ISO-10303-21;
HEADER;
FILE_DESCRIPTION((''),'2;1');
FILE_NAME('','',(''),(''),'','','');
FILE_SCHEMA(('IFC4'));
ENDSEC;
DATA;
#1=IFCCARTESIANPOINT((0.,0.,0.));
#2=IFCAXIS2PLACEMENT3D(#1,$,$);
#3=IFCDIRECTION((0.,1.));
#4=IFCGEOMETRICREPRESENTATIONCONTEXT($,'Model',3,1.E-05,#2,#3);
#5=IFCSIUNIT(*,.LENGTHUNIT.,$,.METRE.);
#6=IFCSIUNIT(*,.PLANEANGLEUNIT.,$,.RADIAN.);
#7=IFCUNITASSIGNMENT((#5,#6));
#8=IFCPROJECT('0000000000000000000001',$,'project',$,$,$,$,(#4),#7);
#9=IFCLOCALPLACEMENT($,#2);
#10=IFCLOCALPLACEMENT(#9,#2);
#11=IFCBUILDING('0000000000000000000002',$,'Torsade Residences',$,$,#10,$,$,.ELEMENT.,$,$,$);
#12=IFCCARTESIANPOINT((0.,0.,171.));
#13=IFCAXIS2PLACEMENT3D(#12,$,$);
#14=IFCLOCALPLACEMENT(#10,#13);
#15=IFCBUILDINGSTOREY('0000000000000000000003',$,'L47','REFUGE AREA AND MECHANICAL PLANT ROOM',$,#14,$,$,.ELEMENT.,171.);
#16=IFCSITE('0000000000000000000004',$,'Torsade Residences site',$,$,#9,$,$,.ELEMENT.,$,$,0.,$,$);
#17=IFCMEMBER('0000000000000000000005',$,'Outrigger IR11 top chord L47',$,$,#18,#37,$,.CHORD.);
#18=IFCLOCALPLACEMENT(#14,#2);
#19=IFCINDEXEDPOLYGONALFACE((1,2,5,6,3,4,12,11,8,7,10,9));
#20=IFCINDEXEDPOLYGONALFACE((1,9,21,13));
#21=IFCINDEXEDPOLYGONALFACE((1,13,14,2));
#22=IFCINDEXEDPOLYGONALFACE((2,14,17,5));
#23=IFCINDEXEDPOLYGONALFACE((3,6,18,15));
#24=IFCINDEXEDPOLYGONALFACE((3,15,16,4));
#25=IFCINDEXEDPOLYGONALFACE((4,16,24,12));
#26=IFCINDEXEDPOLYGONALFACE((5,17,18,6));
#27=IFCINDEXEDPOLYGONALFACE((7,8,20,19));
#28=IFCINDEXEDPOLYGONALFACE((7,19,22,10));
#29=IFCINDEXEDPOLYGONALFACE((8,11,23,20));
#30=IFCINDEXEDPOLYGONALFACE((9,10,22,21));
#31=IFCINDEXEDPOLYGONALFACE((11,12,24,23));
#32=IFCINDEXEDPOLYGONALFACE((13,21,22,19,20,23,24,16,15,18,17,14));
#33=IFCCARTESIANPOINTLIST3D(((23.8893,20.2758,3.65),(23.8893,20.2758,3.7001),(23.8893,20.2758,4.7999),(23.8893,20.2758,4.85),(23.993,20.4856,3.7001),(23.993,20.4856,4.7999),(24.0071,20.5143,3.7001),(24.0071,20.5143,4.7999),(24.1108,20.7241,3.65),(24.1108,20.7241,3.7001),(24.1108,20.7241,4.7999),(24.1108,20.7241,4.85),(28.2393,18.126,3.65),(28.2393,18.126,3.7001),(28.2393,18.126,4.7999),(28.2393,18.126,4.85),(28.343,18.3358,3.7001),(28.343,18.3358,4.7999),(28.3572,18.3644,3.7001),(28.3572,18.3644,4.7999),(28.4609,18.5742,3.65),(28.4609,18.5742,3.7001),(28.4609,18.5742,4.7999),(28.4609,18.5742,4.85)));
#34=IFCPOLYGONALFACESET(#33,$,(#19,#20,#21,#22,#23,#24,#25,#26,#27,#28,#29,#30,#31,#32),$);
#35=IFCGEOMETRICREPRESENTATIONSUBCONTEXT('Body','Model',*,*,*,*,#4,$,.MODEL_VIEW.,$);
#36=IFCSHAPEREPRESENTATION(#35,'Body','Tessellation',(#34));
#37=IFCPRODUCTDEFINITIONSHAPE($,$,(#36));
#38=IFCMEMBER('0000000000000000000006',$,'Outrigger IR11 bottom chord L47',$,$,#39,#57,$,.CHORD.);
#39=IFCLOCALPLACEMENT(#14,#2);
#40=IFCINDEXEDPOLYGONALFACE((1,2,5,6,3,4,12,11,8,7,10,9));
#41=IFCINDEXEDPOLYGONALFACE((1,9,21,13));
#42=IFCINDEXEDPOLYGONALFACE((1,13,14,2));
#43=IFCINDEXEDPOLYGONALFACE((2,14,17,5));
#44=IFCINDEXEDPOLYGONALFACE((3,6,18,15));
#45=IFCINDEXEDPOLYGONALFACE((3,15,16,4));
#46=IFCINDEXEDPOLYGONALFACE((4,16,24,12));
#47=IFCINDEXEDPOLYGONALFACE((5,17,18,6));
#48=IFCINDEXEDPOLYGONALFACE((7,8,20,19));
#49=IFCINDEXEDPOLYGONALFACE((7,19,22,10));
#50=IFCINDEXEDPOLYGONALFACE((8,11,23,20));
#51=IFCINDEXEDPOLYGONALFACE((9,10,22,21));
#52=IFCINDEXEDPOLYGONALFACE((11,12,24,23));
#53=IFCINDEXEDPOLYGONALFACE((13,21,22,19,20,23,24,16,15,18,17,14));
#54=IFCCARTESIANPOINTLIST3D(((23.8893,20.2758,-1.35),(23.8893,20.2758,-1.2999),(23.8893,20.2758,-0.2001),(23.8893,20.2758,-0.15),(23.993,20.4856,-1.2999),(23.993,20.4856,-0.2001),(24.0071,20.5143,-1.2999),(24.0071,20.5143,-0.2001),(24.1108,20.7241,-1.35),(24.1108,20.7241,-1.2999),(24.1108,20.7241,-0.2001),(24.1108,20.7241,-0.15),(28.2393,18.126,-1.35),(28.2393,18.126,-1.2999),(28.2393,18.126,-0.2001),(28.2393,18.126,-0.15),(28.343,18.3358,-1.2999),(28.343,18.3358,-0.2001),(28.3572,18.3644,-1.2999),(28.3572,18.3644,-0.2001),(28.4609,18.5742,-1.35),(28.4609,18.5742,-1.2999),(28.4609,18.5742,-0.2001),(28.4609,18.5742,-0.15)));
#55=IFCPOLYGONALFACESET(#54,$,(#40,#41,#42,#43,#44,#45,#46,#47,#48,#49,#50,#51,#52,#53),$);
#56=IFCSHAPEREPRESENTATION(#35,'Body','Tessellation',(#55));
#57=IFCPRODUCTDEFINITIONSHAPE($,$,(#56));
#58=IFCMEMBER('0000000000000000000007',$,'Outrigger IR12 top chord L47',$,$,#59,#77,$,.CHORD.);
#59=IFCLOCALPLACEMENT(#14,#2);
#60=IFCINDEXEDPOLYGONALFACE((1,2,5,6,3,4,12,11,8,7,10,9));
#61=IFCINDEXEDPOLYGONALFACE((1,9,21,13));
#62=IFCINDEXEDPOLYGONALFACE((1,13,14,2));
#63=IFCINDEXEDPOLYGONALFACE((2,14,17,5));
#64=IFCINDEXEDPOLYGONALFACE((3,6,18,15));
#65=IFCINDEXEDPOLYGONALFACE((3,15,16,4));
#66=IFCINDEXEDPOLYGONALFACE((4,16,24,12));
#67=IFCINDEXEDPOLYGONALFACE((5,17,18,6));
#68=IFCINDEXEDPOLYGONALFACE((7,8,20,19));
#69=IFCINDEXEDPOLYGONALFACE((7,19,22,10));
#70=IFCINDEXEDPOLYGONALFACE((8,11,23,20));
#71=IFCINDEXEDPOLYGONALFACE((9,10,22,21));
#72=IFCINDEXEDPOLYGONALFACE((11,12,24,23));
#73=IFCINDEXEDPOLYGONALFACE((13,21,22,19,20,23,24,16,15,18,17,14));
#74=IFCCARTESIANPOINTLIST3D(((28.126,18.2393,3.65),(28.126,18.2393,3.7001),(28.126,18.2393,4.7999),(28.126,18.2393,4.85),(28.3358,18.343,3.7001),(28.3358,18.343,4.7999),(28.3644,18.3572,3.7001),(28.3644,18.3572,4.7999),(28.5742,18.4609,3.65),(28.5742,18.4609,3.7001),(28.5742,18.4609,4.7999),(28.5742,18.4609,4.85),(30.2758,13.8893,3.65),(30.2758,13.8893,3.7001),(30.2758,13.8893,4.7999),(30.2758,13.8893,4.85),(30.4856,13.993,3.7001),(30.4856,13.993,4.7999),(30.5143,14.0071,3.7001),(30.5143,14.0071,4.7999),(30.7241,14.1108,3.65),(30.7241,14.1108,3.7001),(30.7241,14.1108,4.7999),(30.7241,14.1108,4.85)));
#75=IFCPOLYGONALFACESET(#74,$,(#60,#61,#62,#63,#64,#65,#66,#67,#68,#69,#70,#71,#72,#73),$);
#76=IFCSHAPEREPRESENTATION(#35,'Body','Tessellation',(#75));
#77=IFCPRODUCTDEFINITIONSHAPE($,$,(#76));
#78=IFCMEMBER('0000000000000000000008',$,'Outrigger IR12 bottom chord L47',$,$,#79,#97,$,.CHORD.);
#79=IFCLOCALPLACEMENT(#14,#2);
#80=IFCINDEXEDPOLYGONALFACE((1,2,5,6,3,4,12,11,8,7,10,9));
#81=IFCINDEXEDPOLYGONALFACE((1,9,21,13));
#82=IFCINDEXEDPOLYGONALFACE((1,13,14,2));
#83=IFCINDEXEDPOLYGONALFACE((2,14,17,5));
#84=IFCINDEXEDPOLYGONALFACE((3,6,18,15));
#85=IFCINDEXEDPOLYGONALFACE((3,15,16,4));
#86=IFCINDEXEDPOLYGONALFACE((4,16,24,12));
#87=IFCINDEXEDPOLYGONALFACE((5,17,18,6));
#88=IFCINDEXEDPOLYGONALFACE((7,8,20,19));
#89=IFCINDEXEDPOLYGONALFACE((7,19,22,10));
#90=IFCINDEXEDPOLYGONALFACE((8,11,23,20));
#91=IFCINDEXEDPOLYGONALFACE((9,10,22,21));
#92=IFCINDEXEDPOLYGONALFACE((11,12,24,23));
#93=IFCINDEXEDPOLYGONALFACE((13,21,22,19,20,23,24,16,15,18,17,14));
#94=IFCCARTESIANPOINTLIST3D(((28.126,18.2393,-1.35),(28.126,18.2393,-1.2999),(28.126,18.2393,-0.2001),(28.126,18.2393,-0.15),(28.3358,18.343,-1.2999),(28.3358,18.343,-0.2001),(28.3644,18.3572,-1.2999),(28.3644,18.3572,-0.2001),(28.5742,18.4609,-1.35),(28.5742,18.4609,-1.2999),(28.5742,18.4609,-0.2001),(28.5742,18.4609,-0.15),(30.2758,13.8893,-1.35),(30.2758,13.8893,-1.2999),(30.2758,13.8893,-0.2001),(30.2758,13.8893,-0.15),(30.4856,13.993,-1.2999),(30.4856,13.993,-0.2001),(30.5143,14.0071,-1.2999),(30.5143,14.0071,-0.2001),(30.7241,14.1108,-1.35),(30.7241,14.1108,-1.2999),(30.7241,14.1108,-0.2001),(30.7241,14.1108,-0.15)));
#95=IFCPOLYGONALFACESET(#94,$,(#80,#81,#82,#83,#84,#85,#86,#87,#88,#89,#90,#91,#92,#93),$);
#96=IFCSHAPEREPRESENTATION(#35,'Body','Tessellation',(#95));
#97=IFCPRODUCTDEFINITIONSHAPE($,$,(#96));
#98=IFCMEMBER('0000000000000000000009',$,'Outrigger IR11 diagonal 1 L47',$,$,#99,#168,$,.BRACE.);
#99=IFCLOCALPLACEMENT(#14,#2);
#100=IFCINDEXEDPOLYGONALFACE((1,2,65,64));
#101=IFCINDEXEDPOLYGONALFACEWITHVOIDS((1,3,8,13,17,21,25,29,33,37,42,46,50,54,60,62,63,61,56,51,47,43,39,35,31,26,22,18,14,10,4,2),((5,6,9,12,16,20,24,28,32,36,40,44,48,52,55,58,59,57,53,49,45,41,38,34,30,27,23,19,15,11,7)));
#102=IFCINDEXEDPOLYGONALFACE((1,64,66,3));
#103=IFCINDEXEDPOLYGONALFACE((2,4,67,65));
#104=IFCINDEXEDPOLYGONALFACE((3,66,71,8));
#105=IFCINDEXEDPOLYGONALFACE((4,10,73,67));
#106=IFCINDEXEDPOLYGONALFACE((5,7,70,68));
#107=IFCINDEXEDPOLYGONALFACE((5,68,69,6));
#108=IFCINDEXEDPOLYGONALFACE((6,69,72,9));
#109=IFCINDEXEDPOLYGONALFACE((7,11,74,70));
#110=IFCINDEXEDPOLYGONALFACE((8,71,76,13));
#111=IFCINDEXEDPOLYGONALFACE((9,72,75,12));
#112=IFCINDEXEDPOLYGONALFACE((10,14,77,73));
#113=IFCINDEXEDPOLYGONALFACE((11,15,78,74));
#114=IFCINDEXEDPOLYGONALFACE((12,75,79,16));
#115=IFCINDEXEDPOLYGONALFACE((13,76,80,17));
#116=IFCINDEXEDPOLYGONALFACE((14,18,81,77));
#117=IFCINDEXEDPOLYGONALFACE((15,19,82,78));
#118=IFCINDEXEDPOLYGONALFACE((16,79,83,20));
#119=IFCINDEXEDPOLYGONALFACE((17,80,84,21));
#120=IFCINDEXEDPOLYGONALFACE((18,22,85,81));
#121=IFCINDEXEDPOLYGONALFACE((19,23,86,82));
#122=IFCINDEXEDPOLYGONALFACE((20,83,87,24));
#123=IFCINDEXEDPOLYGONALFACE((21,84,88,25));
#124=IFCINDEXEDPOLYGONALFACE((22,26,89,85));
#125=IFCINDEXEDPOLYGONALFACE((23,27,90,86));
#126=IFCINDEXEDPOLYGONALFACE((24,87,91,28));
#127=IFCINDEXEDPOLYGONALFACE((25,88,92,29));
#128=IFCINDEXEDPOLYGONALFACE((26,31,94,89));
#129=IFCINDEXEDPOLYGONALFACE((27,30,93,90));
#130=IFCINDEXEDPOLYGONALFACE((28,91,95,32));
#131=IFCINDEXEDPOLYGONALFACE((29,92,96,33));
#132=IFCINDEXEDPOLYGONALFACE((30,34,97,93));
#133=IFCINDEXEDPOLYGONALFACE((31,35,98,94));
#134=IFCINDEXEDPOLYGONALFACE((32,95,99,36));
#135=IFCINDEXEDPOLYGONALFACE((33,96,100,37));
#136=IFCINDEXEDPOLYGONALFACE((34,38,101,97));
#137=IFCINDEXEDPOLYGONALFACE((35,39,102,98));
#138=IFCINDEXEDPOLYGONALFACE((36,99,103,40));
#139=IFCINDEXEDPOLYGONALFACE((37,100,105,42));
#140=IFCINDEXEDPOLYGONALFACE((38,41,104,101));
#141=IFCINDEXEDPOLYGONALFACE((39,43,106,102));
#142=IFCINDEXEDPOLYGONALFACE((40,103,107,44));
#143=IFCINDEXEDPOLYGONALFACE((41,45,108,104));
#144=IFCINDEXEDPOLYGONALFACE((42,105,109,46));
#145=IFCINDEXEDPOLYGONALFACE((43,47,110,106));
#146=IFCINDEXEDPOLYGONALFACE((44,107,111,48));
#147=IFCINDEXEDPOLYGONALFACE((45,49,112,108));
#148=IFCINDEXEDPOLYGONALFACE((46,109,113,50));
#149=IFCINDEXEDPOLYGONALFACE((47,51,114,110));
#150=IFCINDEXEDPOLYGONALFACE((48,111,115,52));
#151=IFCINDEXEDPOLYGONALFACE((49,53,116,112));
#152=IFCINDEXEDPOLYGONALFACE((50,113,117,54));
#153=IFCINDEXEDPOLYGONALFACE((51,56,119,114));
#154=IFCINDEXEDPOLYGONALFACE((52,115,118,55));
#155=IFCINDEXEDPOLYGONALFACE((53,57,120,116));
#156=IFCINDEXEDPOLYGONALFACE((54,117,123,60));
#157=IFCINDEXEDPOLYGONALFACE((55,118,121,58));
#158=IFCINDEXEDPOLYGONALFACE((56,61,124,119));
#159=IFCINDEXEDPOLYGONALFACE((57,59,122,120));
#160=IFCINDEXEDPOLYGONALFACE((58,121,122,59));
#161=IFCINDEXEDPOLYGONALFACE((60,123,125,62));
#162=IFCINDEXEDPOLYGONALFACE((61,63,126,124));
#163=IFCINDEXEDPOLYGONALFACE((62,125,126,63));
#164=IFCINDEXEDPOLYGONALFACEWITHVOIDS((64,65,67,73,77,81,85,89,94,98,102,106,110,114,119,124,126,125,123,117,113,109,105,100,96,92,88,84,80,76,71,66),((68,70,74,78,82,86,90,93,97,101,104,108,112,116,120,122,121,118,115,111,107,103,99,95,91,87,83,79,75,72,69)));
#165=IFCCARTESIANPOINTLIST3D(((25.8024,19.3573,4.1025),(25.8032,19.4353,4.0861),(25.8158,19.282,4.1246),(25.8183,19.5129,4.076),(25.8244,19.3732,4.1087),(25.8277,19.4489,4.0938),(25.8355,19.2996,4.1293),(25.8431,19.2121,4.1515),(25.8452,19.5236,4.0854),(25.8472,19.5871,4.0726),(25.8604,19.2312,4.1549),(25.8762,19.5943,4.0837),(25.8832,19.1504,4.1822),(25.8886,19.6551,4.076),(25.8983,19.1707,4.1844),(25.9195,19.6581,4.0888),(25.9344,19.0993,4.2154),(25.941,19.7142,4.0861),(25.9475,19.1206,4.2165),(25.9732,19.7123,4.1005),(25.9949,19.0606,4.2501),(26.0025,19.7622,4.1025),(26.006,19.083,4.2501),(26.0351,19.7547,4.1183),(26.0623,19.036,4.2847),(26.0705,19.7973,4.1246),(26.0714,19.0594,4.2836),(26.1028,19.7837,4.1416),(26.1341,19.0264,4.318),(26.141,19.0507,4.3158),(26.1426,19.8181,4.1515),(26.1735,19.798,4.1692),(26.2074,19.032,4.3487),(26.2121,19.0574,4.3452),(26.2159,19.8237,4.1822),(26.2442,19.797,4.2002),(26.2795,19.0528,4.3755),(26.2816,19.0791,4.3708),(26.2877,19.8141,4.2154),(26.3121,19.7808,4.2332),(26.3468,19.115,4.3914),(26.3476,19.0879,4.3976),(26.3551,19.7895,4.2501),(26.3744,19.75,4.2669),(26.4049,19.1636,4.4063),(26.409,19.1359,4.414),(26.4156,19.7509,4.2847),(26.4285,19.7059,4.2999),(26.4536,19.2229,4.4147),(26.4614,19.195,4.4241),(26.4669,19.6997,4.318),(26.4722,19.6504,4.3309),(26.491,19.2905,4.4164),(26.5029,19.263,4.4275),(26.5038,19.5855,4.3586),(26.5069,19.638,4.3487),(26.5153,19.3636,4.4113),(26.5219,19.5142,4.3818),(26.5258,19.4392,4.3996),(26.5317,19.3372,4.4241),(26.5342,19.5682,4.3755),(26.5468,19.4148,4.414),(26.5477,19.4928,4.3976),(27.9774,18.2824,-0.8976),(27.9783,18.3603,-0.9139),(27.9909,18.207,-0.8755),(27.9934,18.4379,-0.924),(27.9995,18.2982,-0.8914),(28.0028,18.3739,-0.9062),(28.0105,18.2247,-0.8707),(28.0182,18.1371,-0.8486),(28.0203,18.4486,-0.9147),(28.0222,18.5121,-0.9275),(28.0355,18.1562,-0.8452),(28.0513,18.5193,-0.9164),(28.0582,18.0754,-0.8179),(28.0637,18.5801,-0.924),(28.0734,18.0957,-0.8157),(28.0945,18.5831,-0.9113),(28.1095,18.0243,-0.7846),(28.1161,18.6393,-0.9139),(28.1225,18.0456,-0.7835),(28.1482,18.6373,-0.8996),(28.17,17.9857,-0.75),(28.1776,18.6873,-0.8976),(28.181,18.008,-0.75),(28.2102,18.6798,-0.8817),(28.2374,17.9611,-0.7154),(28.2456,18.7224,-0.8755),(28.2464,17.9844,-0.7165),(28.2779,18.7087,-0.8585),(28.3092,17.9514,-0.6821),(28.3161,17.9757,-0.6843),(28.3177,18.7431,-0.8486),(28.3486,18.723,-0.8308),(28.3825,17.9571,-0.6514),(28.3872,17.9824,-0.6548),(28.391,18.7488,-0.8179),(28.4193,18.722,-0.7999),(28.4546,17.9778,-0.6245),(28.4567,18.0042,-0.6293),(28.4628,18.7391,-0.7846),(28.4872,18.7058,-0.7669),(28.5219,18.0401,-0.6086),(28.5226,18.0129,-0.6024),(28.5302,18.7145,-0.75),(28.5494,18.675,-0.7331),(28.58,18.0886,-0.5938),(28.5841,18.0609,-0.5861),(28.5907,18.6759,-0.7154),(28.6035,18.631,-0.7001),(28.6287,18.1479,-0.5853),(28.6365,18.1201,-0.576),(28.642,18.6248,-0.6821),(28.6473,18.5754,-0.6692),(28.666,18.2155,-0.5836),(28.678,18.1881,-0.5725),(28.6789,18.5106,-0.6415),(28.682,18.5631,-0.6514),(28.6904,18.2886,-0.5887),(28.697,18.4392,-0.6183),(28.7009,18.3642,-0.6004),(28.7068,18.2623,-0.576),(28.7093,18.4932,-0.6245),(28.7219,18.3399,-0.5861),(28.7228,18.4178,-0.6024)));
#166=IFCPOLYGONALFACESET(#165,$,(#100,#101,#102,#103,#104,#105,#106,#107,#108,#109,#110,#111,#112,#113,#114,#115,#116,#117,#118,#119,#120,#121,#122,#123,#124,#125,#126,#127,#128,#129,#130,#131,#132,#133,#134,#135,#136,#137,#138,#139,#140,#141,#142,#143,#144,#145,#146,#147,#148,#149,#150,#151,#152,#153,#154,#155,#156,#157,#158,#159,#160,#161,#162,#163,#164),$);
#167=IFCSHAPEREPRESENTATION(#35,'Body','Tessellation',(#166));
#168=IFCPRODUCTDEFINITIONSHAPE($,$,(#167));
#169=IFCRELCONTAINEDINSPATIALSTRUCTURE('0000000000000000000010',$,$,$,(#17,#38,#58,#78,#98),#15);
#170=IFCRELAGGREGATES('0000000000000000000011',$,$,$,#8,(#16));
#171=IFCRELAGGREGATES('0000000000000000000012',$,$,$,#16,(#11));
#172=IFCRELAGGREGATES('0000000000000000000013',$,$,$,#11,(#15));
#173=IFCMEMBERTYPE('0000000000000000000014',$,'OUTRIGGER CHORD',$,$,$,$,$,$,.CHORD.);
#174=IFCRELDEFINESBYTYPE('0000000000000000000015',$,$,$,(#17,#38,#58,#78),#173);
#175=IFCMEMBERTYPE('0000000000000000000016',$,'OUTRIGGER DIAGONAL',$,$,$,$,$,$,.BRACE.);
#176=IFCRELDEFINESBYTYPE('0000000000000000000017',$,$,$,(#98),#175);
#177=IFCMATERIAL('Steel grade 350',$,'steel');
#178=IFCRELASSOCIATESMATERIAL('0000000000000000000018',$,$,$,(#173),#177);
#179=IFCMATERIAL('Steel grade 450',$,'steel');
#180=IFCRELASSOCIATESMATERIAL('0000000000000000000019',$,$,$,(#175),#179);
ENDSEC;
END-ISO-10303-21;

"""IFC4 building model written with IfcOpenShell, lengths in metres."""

from ifc_helpers import new_model, si_unit, direction, frame, origin, origin_2d, place, context, subcontext, project, spatial, hollow_circle, i_section, extrude, material, material_profile, profile_set, type_object, element, save


model = new_model("IFC4")

# Units and contexts
model_context = context("Model", 3, precision=1e-05, world=origin(), true_north=direction((0.0, 1.0)))
body_context = subcontext(model_context, "Body", "Model", "MODEL_VIEW")
ifc_project = project(units=[si_unit("LENGTHUNIT", "METRE"), si_unit("PLANEANGLEUNIT", "RADIAN")], contexts=[model_context])

# Site, building, storey
site_placement = place(None, origin())
site = spatial("IfcSite", under=ifc_project, at=site_placement, Name="Torsade Residences site", CompositionType="ELEMENT", RefElevation=0.0)
building_placement = place(site_placement, origin())
building = spatial("IfcBuilding", under=site, at=building_placement, Name="Torsade Residences", CompositionType="ELEMENT")
storey_placement = place(building_placement, frame((0.0, 0.0, 171.0)))
storey = spatial("IfcBuildingStorey", under=building, at=storey_placement, Name="L47", Description="REFUGE AREA AND MECHANICAL PLANT ROOM", CompositionType="ELEMENT", Elevation=171.0)

# Members
ifc_material_1 = material(Name="Steel grade 350", Category="steel")
ifc_material_profile_1 = material_profile(ifc_material_1, i_section(OverallWidth=0.5, OverallDepth=1.2, WebThickness=0.032, FlangeThickness=0.05, at=origin_2d()), Name="1200x500x50x32WPG")
ifc_profile_set_1 = profile_set([ifc_material_profile_1], Name="Steel grade 350")
member_type_1 = type_object("IfcMemberType", Name="OUTRIGGER CHORD", PredefinedType="CHORD", material=ifc_profile_set_1)
for number, where, z_axis, x_axis, name in (
    (1, (28.3501, 18.3501, 4.25), (-0.896491, 0.443063, 0.0), (-0.443063, -0.896491, 0.0), "Outrigger IR11 top chord L47"),
    (2, (28.3501, 18.3501, -0.75), (-0.896491, 0.443063, 0.0), (-0.443063, -0.896491, 0.0), "Outrigger IR11 bottom chord L47"),
    (3, (28.3501, 18.3501, 4.25), (0.443063, -0.896491, 0.0), (0.896491, 0.443063, 0.0), "Outrigger IR12 top chord L47"),
    (4, (28.3501, 18.3501, -0.75), (0.443063, -0.896491, 0.0), (0.896491, 0.443063, 0.0), "Outrigger IR12 bottom chord L47"),
):
    element("IfcMember", number, at=place(storey_placement, frame(where, z_axis=z_axis, x_axis=x_axis)), inside=storey, type_object=member_type_1, Name=name, PredefinedType="CHORD", context=body_context, shape_type="SweptSolid", body=[
        extrude(i_section(OverallWidth=0.5, OverallDepth=1.2, WebThickness=0.032, FlangeThickness=0.05, at=origin_2d()), origin(), (0.0, 0.0, 1.0), 4.8523),
    ])
ifc_material_2 = material(Name="Steel grade 450", Category="steel")
ifc_material_profile_2 = material_profile(ifc_material_2, hollow_circle(Radius=0.4065, WallThickness=0.0249, at=origin_2d()), Name="813.0x25.0CHS")
ifc_profile_set_2 = profile_set([ifc_material_profile_2], Name="Steel grade 450")
member_type_2 = type_object("IfcMemberType", Name="OUTRIGGER DIAGONAL", PredefinedType="BRACE", material=ifc_profile_set_2)
for number, where, z_axis, x_axis, name in (
    (5, (28.3501, 18.3501, -0.75), (-0.391368, 0.193422, 0.899677), (-0.443063, -0.896491, 0.0), "Outrigger IR11 diagonal 1 L47"),
):
    element("IfcMember", number, at=place(storey_placement, frame(where, z_axis=z_axis, x_axis=x_axis)), inside=storey, type_object=member_type_2, Name=name, PredefinedType="BRACE", context=body_context, shape_type="SweptSolid", body=[
        extrude(hollow_circle(Radius=0.4065, WallThickness=0.0249, at=origin_2d()), origin(), (0.0, 0.0, 1.0), 5.5576),
    ])

save(model, "model.ifc")
